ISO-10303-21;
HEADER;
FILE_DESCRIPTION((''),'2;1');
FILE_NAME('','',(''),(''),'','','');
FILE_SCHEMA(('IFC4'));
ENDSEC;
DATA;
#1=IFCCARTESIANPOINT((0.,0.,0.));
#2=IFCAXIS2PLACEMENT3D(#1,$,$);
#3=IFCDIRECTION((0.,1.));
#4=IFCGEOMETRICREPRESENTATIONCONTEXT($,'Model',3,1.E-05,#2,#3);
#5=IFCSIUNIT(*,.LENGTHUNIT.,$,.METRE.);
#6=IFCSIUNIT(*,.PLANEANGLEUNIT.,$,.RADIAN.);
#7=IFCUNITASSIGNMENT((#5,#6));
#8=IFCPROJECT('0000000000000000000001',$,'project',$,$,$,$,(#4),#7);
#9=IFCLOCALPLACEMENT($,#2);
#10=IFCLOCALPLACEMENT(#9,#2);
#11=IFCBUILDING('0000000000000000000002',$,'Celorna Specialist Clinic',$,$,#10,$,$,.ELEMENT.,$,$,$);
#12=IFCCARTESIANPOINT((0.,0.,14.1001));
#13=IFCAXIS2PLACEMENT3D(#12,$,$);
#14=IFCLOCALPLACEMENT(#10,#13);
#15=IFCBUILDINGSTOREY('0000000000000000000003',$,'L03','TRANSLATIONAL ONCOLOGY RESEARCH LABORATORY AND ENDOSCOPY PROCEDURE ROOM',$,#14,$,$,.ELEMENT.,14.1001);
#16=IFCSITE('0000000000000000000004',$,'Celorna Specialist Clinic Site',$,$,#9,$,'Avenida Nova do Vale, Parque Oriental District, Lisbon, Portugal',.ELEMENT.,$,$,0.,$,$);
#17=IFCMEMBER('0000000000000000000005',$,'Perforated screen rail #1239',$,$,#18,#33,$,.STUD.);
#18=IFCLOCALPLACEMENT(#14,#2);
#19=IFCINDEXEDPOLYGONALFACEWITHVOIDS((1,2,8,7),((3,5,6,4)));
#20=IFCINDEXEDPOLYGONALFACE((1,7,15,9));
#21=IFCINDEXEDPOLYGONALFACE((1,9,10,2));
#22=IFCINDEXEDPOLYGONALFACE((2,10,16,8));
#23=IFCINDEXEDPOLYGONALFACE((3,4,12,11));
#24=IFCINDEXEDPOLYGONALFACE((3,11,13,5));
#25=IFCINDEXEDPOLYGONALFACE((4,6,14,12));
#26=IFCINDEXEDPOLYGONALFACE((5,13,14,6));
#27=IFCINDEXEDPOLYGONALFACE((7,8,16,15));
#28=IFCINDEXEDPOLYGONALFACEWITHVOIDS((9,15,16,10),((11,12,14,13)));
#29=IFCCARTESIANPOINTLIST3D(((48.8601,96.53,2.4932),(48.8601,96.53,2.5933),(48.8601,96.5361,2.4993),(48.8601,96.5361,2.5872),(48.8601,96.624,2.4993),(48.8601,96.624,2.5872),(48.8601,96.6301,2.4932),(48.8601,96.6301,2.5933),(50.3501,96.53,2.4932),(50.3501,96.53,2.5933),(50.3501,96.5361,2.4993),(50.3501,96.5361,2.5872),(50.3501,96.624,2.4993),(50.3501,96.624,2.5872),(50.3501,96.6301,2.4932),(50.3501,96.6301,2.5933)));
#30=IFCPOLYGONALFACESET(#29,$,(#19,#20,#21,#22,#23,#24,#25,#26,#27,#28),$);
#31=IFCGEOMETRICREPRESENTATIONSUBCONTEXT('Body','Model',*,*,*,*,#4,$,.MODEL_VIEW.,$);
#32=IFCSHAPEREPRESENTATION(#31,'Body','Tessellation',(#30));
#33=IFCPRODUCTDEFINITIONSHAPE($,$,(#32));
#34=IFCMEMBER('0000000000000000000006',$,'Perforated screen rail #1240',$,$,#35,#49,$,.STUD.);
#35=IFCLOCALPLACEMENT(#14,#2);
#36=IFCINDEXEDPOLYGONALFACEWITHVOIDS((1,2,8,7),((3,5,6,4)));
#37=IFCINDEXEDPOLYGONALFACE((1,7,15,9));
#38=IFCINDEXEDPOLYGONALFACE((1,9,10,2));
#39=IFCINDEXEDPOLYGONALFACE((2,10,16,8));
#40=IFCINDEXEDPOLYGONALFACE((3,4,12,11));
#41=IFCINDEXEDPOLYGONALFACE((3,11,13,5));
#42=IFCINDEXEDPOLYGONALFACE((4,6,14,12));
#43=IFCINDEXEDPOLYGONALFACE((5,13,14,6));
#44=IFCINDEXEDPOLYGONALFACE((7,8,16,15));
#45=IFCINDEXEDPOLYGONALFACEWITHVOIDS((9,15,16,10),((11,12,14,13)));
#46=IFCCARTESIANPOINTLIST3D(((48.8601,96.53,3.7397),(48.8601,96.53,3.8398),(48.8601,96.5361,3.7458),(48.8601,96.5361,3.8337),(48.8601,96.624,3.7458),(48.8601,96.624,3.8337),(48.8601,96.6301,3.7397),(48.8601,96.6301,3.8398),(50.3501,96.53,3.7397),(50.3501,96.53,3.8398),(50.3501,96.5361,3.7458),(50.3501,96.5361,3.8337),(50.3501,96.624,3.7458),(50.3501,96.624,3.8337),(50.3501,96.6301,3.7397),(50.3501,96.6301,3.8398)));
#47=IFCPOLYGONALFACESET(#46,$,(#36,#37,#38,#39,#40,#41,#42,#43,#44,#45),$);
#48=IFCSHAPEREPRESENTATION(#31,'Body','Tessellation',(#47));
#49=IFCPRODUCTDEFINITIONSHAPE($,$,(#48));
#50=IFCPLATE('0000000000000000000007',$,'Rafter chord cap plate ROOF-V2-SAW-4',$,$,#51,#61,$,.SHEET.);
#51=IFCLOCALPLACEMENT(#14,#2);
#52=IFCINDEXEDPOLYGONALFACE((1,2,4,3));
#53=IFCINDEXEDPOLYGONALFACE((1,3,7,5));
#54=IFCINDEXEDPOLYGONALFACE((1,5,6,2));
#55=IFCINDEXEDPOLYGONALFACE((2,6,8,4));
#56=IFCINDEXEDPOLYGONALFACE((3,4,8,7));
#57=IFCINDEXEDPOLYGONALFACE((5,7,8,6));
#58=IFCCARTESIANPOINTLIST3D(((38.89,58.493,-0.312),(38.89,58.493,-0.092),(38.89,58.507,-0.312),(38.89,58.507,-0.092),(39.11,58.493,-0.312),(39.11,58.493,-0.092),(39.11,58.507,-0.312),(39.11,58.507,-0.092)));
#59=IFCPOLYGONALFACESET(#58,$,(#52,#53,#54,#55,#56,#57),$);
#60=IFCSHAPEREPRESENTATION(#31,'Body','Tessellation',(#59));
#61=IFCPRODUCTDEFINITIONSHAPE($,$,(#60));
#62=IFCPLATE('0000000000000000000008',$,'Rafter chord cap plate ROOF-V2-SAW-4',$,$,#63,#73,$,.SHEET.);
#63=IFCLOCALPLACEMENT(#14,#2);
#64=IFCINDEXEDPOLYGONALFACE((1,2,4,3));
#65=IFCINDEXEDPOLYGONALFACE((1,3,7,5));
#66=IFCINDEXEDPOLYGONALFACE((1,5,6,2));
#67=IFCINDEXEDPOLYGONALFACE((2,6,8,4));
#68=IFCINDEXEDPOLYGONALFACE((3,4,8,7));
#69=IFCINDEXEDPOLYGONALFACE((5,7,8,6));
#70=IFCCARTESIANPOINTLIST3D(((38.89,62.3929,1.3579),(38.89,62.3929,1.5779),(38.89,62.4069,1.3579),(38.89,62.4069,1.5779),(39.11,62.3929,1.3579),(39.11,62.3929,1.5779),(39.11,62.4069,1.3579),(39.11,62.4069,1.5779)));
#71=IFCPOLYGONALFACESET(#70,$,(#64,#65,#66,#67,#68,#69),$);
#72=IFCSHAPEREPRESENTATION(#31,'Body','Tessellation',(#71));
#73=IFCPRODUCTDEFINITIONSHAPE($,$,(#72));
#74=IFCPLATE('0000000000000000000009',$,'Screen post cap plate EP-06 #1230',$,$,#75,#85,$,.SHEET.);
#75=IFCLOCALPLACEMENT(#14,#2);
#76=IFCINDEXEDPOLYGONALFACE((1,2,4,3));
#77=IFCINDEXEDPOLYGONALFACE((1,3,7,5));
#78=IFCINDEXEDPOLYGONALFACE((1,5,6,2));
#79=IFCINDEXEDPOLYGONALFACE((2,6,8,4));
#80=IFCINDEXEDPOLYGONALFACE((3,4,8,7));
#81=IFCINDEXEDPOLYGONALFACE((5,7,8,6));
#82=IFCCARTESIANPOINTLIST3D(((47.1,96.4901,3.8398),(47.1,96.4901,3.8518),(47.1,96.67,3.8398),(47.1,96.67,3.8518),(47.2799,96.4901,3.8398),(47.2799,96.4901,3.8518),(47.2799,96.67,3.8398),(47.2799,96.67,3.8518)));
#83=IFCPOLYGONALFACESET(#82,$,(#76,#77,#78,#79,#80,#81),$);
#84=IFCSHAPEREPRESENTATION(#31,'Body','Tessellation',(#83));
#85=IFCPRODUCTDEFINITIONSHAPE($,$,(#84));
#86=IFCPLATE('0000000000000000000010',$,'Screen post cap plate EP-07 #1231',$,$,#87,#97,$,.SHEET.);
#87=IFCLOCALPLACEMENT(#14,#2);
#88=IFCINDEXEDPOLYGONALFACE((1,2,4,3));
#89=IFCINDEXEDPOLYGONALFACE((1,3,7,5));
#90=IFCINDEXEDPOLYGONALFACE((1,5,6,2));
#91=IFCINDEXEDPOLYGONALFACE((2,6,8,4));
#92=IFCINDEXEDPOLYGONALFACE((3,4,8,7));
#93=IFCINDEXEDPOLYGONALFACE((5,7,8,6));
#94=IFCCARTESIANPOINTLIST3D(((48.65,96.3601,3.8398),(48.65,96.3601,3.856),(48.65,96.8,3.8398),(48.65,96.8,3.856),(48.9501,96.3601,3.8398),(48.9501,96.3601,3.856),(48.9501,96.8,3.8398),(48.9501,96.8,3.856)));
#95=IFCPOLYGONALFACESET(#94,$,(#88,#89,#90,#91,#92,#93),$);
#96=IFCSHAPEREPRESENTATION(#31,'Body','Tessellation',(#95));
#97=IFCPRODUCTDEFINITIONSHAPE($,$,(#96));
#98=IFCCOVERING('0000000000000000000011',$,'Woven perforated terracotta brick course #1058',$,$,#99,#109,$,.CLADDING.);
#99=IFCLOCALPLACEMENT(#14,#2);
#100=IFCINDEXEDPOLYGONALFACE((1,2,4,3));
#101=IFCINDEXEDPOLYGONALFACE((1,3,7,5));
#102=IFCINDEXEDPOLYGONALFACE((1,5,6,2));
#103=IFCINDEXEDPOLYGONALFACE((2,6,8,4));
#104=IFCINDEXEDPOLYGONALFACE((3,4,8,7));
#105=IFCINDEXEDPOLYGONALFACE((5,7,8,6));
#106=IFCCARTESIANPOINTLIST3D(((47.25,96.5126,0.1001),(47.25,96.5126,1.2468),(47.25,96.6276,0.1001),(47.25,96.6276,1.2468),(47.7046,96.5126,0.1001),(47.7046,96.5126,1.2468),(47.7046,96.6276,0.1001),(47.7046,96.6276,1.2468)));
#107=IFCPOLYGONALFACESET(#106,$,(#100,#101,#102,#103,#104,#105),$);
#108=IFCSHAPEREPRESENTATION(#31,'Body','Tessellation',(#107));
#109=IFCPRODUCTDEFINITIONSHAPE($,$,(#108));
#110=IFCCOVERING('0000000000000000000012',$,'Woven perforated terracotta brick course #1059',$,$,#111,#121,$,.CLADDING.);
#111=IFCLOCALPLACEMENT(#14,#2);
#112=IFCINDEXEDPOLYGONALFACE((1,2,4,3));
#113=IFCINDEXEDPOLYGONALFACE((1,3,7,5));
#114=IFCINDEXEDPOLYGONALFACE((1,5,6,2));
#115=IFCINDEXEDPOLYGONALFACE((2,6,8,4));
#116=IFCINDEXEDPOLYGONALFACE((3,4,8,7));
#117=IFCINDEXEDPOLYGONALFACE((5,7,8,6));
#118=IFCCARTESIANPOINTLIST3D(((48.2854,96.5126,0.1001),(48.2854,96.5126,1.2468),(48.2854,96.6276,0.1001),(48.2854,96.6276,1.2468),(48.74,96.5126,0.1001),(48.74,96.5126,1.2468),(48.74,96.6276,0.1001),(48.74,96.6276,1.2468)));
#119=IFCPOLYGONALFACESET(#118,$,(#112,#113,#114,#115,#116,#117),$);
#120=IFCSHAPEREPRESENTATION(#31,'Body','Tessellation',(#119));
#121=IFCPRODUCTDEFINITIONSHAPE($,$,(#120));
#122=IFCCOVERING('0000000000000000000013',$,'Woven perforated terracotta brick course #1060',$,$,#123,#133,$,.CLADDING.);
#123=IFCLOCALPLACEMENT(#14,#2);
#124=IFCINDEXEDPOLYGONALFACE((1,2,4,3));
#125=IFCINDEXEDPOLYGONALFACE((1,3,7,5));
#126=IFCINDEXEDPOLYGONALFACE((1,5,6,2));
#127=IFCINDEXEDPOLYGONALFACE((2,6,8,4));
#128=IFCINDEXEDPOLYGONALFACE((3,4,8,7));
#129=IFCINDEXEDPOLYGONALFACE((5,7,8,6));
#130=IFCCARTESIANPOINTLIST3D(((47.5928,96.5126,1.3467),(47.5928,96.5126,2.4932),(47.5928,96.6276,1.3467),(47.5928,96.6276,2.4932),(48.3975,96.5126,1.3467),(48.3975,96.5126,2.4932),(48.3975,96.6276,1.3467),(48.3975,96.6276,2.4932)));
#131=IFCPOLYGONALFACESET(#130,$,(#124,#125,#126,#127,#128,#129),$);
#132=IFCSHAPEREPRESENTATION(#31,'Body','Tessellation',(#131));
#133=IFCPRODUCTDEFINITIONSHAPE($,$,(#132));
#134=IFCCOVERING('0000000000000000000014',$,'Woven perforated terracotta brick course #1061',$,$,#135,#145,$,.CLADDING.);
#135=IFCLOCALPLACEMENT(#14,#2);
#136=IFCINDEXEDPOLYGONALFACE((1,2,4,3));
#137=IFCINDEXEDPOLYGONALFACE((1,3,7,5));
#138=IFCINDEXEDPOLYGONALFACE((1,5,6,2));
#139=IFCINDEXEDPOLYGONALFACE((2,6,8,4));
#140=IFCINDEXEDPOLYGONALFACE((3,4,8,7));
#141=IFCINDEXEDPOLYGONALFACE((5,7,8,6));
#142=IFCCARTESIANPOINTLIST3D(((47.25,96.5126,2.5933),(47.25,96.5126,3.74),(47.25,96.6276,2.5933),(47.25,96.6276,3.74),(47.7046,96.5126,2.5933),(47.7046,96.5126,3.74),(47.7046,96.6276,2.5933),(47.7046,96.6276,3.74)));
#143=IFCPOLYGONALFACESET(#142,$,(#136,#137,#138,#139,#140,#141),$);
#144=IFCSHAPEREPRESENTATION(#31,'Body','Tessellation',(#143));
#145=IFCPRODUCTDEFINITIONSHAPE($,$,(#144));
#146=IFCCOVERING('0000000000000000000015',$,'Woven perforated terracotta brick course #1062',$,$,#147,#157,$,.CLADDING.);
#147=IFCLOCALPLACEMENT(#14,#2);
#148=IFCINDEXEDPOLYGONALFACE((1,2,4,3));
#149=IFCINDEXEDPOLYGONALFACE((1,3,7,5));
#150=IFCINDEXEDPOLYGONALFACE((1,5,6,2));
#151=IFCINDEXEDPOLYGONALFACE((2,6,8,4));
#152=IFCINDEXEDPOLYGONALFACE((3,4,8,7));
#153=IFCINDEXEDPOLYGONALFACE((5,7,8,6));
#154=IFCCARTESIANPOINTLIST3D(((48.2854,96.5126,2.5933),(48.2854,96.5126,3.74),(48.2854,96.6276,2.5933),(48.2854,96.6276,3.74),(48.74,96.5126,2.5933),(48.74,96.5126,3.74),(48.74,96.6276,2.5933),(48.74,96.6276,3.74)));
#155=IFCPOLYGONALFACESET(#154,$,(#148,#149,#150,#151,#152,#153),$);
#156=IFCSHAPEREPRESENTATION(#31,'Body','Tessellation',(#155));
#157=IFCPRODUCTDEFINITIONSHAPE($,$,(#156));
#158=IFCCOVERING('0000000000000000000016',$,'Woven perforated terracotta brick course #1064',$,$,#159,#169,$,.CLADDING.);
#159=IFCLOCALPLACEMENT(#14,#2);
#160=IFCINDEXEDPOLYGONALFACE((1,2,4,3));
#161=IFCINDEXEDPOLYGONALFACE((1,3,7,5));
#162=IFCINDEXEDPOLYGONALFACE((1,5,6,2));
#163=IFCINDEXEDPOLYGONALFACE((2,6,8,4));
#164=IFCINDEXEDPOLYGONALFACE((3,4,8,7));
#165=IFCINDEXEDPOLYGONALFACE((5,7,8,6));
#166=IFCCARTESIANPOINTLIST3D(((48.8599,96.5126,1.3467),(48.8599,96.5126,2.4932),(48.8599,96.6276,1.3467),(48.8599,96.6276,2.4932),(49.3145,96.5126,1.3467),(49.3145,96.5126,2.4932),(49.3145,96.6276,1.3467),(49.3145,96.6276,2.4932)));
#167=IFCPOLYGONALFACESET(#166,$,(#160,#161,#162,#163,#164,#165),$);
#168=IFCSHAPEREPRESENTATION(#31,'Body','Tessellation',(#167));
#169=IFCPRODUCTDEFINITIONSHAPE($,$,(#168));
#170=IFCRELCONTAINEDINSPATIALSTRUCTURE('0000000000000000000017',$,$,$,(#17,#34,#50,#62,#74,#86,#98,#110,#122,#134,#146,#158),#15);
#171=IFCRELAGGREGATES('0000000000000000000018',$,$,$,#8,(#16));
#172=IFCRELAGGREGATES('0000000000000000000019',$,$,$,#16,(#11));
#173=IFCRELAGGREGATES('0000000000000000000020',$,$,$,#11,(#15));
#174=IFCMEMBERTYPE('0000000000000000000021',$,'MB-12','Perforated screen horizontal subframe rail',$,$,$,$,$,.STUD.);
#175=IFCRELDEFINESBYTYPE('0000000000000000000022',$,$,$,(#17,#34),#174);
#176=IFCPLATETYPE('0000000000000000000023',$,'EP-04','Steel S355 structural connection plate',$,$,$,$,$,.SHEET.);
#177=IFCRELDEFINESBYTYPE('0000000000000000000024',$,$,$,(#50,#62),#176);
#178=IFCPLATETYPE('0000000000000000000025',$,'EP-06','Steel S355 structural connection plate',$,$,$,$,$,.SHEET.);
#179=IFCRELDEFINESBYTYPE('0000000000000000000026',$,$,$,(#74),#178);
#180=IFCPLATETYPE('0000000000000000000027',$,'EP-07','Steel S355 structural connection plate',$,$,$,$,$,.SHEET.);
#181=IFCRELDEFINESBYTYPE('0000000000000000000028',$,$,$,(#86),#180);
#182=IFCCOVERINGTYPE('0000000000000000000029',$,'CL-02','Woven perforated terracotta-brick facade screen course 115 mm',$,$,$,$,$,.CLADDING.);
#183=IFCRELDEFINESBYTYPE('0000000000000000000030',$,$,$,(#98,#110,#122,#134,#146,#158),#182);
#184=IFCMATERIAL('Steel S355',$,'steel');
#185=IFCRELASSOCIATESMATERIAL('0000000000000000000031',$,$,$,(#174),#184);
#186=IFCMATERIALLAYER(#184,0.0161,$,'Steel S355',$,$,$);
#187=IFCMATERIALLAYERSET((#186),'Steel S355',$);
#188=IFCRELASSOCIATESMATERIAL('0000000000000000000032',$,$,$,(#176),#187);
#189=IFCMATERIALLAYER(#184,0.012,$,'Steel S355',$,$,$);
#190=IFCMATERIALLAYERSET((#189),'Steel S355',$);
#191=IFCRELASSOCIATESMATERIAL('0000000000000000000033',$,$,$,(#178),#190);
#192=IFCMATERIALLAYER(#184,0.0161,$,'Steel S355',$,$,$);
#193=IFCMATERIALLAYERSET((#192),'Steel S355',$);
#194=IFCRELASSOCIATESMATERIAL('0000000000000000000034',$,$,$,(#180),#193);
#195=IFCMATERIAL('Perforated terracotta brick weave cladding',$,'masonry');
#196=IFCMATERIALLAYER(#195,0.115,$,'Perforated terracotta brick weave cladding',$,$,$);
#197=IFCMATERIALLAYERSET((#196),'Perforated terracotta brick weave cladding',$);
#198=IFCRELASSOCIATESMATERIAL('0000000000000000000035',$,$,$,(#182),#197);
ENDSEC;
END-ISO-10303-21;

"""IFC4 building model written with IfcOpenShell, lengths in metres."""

from ifc_helpers import new_model, si_unit, direction, frame, origin, origin_2d, place, context, subcontext, project, spatial, rectangle, hollow_rectangle, extrude, material, layer, layer_set, material_profile, profile_set, type_object, element, save


model = new_model("IFC4")

# Units and contexts
model_context = context("Model", 3, precision=1e-05, world=origin(), true_north=direction((0.0, 1.0)))
body_context = subcontext(model_context, "Body", "Model", "MODEL_VIEW")
ifc_project = project(units=[si_unit("LENGTHUNIT", "METRE"), si_unit("PLANEANGLEUNIT", "RADIAN")], contexts=[model_context])

# Site, building, storey
site_placement = place(None, origin())
site = spatial("IfcSite", under=ifc_project, at=site_placement, Name="Celorna Specialist Clinic Site", LongName="Avenida Nova do Vale, Parque Oriental District, Lisbon, Portugal", CompositionType="ELEMENT", RefElevation=0.0)
building_placement = place(site_placement, origin())
building = spatial("IfcBuilding", under=site, at=building_placement, Name="Celorna Specialist Clinic", CompositionType="ELEMENT")
storey_placement = place(building_placement, frame((0.0, 0.0, 14.1001)))
storey = spatial("IfcBuildingStorey", under=building, at=storey_placement, Name="L03", Description="TRANSLATIONAL ONCOLOGY RESEARCH LABORATORY AND ENDOSCOPY PROCEDURE ROOM", CompositionType="ELEMENT", Elevation=14.1001)

# Shared definitions
ifc_material_1 = material(Name="Steel S355", Category="steel")

# Members
ifc_material_profile_1 = material_profile(ifc_material_1, hollow_rectangle(XDim=0.1001, YDim=0.1001, WallThickness=0.0061, at=origin_2d()), Name="SHS 100x100x6")
ifc_profile_set_1 = profile_set([ifc_material_profile_1], Name="Steel S355")
member_type_1 = type_object("IfcMemberType", Name="MB-12", Description="Perforated screen horizontal subframe rail", PredefinedType="STUD", material=ifc_profile_set_1)
for number, where, z_axis, x_axis, name in (
    (1, (48.8601, 96.5801, 2.5432), (1.0, 0.0, 0.0), (0.0, 1.0, 0.0), "Perforated screen rail #1239"),
    (2, (48.8601, 96.5801, 3.7898), (1.0, 0.0, 0.0), (0.0, 1.0, 0.0), "Perforated screen rail #1240"),
):
    element("IfcMember", number, at=place(storey_placement, frame(where, z_axis=z_axis, x_axis=x_axis)), inside=storey, type_object=member_type_1, Name=name, PredefinedType="STUD", context=body_context, shape_type="SweptSolid", body=[
        extrude(hollow_rectangle(XDim=0.1001, YDim=0.1001, WallThickness=0.0061, at=origin_2d()), origin(), (0.0, 0.0, 1.0), 1.49),
    ])

# Plates
ifc_layer_1 = layer(ifc_material_1, 0.0161, Name="Steel S355")
ifc_layer_set_1 = layer_set([ifc_layer_1], Name="Steel S355")
plate_type_1 = type_object("IfcPlateType", Name="EP-04", Description="Steel S355 structural connection plate", PredefinedType="SHEET", material=ifc_layer_set_1)
for number, where, z_axis, x_axis, name in (
    (3, (39.0, 58.5, -0.312), (0.0, 0.0, 1.0), (1.0, 0.0, 0.0), "Rafter chord cap plate ROOF-V2-SAW-4"),
    (4, (39.0, 62.3999, 1.3579), (0.0, 0.0, 1.0), (1.0, 0.0, 0.0), "Rafter chord cap plate ROOF-V2-SAW-4"),
):
    element("IfcPlate", number, at=place(storey_placement, frame(where, z_axis=z_axis, x_axis=x_axis)), inside=storey, type_object=plate_type_1, Name=name, PredefinedType="SHEET", context=body_context, shape_type="SweptSolid", body=[
        extrude(rectangle(XDim=0.22, YDim=0.0139, at=origin_2d()), origin(), (0.0, 0.0, 1.0), 0.22),
    ])
ifc_layer_2 = layer(ifc_material_1, 0.012, Name="Steel S355")
ifc_layer_set_2 = layer_set([ifc_layer_2], Name="Steel S355")
plate_type_2 = type_object("IfcPlateType", Name="EP-06", Description="Steel S355 structural connection plate", PredefinedType="SHEET", material=ifc_layer_set_2)
plate_1_placement = place(storey_placement, frame((47.1899, 96.5801, 3.8398), z_axis=(0.0, 0.0, 1.0), x_axis=(1.0, 0.0, 0.0)))
element("IfcPlate", 5, at=plate_1_placement, inside=storey, type_object=plate_type_2, Name="Screen post cap plate EP-06 #1230", PredefinedType="SHEET", context=body_context, shape_type="SweptSolid", body=[
    extrude(rectangle(XDim=0.1799, YDim=0.1799, at=origin_2d()), origin(), (0.0, 0.0, 1.0), 0.012),
])
ifc_layer_3 = layer(ifc_material_1, 0.0161, Name="Steel S355")
ifc_layer_set_3 = layer_set([ifc_layer_3], Name="Steel S355")
plate_type_3 = type_object("IfcPlateType", Name="EP-07", Description="Steel S355 structural connection plate", PredefinedType="SHEET", material=ifc_layer_set_3)
plate_2_placement = place(storey_placement, frame((48.8, 96.5801, 3.8398), z_axis=(0.0, 0.0, 1.0), x_axis=(1.0, 0.0, 0.0)))
element("IfcPlate", 6, at=plate_2_placement, inside=storey, type_object=plate_type_3, Name="Screen post cap plate EP-07 #1231", PredefinedType="SHEET", context=body_context, shape_type="SweptSolid", body=[
    extrude(rectangle(XDim=0.3, YDim=0.4399, at=origin_2d()), origin(), (0.0, 0.0, 1.0), 0.0161),
])

# Coverings
ifc_material_2 = material(Name="Perforated terracotta brick weave cladding", Category="masonry")
ifc_layer_4 = layer(ifc_material_2, 0.115, Name="Perforated terracotta brick weave cladding")
ifc_layer_set_4 = layer_set([ifc_layer_4], Name="Perforated terracotta brick weave cladding")
covering_type = type_object("IfcCoveringType", Name="CL-02", Description="Woven perforated terracotta-brick facade screen course 115 mm", PredefinedType="CLADDING", material=ifc_layer_set_4)
for number, where, z_axis, x_axis, name in (
    (7, (47.4773, 96.5701, 0.1001), (0.0, 0.0, 1.0), (1.0, 0.0, 0.0), "Woven perforated terracotta brick course #1058"),
    (8, (48.5127, 96.5701, 0.1001), (0.0, 0.0, 1.0), (1.0, 0.0, 0.0), "Woven perforated terracotta brick course #1059"),
):
    element("IfcCovering", number, at=place(storey_placement, frame(where, z_axis=z_axis, x_axis=x_axis)), inside=storey, type_object=covering_type, Name=name, PredefinedType="CLADDING", context=body_context, shape_type="SweptSolid", body=[
        extrude(rectangle(XDim=0.4546, YDim=0.115, at=origin_2d()), origin(), (0.0, 0.0, 1.0), 1.1467),
    ])
covering_1_placement = place(storey_placement, frame((47.9951, 96.5701, 1.3467), z_axis=(0.0, 0.0, 1.0), x_axis=(1.0, 0.0, 0.0)))
element("IfcCovering", 9, at=covering_1_placement, inside=storey, type_object=covering_type, Name="Woven perforated terracotta brick course #1060", PredefinedType="CLADDING", context=body_context, shape_type="SweptSolid", body=[
    extrude(rectangle(XDim=0.8047, YDim=0.115, at=origin_2d()), origin(), (0.0, 0.0, 1.0), 1.1465),
])
for number, where, z_axis, x_axis, name in (
    (10, (47.4773, 96.5701, 2.5933), (0.0, 0.0, 1.0), (1.0, 0.0, 0.0), "Woven perforated terracotta brick course #1061"),
    (11, (48.5127, 96.5701, 2.5933), (0.0, 0.0, 1.0), (1.0, 0.0, 0.0), "Woven perforated terracotta brick course #1062"),
):
    element("IfcCovering", number, at=place(storey_placement, frame(where, z_axis=z_axis, x_axis=x_axis)), inside=storey, type_object=covering_type, Name=name, PredefinedType="CLADDING", context=body_context, shape_type="SweptSolid", body=[
        extrude(rectangle(XDim=0.4546, YDim=0.115, at=origin_2d()), origin(), (0.0, 0.0, 1.0), 1.1467),
    ])
covering_2_placement = place(storey_placement, frame((49.0872, 96.5701, 1.3467), z_axis=(0.0, 0.0, 1.0), x_axis=(1.0, 0.0, 0.0)))
element("IfcCovering", 12, at=covering_2_placement, inside=storey, type_object=covering_type, Name="Woven perforated terracotta brick course #1064", PredefinedType="CLADDING", context=body_context, shape_type="SweptSolid", body=[
    extrude(rectangle(XDim=0.4546, YDim=0.115, at=origin_2d()), origin(), (0.0, 0.0, 1.0), 1.1465),
])

save(model, "model.ifc")
